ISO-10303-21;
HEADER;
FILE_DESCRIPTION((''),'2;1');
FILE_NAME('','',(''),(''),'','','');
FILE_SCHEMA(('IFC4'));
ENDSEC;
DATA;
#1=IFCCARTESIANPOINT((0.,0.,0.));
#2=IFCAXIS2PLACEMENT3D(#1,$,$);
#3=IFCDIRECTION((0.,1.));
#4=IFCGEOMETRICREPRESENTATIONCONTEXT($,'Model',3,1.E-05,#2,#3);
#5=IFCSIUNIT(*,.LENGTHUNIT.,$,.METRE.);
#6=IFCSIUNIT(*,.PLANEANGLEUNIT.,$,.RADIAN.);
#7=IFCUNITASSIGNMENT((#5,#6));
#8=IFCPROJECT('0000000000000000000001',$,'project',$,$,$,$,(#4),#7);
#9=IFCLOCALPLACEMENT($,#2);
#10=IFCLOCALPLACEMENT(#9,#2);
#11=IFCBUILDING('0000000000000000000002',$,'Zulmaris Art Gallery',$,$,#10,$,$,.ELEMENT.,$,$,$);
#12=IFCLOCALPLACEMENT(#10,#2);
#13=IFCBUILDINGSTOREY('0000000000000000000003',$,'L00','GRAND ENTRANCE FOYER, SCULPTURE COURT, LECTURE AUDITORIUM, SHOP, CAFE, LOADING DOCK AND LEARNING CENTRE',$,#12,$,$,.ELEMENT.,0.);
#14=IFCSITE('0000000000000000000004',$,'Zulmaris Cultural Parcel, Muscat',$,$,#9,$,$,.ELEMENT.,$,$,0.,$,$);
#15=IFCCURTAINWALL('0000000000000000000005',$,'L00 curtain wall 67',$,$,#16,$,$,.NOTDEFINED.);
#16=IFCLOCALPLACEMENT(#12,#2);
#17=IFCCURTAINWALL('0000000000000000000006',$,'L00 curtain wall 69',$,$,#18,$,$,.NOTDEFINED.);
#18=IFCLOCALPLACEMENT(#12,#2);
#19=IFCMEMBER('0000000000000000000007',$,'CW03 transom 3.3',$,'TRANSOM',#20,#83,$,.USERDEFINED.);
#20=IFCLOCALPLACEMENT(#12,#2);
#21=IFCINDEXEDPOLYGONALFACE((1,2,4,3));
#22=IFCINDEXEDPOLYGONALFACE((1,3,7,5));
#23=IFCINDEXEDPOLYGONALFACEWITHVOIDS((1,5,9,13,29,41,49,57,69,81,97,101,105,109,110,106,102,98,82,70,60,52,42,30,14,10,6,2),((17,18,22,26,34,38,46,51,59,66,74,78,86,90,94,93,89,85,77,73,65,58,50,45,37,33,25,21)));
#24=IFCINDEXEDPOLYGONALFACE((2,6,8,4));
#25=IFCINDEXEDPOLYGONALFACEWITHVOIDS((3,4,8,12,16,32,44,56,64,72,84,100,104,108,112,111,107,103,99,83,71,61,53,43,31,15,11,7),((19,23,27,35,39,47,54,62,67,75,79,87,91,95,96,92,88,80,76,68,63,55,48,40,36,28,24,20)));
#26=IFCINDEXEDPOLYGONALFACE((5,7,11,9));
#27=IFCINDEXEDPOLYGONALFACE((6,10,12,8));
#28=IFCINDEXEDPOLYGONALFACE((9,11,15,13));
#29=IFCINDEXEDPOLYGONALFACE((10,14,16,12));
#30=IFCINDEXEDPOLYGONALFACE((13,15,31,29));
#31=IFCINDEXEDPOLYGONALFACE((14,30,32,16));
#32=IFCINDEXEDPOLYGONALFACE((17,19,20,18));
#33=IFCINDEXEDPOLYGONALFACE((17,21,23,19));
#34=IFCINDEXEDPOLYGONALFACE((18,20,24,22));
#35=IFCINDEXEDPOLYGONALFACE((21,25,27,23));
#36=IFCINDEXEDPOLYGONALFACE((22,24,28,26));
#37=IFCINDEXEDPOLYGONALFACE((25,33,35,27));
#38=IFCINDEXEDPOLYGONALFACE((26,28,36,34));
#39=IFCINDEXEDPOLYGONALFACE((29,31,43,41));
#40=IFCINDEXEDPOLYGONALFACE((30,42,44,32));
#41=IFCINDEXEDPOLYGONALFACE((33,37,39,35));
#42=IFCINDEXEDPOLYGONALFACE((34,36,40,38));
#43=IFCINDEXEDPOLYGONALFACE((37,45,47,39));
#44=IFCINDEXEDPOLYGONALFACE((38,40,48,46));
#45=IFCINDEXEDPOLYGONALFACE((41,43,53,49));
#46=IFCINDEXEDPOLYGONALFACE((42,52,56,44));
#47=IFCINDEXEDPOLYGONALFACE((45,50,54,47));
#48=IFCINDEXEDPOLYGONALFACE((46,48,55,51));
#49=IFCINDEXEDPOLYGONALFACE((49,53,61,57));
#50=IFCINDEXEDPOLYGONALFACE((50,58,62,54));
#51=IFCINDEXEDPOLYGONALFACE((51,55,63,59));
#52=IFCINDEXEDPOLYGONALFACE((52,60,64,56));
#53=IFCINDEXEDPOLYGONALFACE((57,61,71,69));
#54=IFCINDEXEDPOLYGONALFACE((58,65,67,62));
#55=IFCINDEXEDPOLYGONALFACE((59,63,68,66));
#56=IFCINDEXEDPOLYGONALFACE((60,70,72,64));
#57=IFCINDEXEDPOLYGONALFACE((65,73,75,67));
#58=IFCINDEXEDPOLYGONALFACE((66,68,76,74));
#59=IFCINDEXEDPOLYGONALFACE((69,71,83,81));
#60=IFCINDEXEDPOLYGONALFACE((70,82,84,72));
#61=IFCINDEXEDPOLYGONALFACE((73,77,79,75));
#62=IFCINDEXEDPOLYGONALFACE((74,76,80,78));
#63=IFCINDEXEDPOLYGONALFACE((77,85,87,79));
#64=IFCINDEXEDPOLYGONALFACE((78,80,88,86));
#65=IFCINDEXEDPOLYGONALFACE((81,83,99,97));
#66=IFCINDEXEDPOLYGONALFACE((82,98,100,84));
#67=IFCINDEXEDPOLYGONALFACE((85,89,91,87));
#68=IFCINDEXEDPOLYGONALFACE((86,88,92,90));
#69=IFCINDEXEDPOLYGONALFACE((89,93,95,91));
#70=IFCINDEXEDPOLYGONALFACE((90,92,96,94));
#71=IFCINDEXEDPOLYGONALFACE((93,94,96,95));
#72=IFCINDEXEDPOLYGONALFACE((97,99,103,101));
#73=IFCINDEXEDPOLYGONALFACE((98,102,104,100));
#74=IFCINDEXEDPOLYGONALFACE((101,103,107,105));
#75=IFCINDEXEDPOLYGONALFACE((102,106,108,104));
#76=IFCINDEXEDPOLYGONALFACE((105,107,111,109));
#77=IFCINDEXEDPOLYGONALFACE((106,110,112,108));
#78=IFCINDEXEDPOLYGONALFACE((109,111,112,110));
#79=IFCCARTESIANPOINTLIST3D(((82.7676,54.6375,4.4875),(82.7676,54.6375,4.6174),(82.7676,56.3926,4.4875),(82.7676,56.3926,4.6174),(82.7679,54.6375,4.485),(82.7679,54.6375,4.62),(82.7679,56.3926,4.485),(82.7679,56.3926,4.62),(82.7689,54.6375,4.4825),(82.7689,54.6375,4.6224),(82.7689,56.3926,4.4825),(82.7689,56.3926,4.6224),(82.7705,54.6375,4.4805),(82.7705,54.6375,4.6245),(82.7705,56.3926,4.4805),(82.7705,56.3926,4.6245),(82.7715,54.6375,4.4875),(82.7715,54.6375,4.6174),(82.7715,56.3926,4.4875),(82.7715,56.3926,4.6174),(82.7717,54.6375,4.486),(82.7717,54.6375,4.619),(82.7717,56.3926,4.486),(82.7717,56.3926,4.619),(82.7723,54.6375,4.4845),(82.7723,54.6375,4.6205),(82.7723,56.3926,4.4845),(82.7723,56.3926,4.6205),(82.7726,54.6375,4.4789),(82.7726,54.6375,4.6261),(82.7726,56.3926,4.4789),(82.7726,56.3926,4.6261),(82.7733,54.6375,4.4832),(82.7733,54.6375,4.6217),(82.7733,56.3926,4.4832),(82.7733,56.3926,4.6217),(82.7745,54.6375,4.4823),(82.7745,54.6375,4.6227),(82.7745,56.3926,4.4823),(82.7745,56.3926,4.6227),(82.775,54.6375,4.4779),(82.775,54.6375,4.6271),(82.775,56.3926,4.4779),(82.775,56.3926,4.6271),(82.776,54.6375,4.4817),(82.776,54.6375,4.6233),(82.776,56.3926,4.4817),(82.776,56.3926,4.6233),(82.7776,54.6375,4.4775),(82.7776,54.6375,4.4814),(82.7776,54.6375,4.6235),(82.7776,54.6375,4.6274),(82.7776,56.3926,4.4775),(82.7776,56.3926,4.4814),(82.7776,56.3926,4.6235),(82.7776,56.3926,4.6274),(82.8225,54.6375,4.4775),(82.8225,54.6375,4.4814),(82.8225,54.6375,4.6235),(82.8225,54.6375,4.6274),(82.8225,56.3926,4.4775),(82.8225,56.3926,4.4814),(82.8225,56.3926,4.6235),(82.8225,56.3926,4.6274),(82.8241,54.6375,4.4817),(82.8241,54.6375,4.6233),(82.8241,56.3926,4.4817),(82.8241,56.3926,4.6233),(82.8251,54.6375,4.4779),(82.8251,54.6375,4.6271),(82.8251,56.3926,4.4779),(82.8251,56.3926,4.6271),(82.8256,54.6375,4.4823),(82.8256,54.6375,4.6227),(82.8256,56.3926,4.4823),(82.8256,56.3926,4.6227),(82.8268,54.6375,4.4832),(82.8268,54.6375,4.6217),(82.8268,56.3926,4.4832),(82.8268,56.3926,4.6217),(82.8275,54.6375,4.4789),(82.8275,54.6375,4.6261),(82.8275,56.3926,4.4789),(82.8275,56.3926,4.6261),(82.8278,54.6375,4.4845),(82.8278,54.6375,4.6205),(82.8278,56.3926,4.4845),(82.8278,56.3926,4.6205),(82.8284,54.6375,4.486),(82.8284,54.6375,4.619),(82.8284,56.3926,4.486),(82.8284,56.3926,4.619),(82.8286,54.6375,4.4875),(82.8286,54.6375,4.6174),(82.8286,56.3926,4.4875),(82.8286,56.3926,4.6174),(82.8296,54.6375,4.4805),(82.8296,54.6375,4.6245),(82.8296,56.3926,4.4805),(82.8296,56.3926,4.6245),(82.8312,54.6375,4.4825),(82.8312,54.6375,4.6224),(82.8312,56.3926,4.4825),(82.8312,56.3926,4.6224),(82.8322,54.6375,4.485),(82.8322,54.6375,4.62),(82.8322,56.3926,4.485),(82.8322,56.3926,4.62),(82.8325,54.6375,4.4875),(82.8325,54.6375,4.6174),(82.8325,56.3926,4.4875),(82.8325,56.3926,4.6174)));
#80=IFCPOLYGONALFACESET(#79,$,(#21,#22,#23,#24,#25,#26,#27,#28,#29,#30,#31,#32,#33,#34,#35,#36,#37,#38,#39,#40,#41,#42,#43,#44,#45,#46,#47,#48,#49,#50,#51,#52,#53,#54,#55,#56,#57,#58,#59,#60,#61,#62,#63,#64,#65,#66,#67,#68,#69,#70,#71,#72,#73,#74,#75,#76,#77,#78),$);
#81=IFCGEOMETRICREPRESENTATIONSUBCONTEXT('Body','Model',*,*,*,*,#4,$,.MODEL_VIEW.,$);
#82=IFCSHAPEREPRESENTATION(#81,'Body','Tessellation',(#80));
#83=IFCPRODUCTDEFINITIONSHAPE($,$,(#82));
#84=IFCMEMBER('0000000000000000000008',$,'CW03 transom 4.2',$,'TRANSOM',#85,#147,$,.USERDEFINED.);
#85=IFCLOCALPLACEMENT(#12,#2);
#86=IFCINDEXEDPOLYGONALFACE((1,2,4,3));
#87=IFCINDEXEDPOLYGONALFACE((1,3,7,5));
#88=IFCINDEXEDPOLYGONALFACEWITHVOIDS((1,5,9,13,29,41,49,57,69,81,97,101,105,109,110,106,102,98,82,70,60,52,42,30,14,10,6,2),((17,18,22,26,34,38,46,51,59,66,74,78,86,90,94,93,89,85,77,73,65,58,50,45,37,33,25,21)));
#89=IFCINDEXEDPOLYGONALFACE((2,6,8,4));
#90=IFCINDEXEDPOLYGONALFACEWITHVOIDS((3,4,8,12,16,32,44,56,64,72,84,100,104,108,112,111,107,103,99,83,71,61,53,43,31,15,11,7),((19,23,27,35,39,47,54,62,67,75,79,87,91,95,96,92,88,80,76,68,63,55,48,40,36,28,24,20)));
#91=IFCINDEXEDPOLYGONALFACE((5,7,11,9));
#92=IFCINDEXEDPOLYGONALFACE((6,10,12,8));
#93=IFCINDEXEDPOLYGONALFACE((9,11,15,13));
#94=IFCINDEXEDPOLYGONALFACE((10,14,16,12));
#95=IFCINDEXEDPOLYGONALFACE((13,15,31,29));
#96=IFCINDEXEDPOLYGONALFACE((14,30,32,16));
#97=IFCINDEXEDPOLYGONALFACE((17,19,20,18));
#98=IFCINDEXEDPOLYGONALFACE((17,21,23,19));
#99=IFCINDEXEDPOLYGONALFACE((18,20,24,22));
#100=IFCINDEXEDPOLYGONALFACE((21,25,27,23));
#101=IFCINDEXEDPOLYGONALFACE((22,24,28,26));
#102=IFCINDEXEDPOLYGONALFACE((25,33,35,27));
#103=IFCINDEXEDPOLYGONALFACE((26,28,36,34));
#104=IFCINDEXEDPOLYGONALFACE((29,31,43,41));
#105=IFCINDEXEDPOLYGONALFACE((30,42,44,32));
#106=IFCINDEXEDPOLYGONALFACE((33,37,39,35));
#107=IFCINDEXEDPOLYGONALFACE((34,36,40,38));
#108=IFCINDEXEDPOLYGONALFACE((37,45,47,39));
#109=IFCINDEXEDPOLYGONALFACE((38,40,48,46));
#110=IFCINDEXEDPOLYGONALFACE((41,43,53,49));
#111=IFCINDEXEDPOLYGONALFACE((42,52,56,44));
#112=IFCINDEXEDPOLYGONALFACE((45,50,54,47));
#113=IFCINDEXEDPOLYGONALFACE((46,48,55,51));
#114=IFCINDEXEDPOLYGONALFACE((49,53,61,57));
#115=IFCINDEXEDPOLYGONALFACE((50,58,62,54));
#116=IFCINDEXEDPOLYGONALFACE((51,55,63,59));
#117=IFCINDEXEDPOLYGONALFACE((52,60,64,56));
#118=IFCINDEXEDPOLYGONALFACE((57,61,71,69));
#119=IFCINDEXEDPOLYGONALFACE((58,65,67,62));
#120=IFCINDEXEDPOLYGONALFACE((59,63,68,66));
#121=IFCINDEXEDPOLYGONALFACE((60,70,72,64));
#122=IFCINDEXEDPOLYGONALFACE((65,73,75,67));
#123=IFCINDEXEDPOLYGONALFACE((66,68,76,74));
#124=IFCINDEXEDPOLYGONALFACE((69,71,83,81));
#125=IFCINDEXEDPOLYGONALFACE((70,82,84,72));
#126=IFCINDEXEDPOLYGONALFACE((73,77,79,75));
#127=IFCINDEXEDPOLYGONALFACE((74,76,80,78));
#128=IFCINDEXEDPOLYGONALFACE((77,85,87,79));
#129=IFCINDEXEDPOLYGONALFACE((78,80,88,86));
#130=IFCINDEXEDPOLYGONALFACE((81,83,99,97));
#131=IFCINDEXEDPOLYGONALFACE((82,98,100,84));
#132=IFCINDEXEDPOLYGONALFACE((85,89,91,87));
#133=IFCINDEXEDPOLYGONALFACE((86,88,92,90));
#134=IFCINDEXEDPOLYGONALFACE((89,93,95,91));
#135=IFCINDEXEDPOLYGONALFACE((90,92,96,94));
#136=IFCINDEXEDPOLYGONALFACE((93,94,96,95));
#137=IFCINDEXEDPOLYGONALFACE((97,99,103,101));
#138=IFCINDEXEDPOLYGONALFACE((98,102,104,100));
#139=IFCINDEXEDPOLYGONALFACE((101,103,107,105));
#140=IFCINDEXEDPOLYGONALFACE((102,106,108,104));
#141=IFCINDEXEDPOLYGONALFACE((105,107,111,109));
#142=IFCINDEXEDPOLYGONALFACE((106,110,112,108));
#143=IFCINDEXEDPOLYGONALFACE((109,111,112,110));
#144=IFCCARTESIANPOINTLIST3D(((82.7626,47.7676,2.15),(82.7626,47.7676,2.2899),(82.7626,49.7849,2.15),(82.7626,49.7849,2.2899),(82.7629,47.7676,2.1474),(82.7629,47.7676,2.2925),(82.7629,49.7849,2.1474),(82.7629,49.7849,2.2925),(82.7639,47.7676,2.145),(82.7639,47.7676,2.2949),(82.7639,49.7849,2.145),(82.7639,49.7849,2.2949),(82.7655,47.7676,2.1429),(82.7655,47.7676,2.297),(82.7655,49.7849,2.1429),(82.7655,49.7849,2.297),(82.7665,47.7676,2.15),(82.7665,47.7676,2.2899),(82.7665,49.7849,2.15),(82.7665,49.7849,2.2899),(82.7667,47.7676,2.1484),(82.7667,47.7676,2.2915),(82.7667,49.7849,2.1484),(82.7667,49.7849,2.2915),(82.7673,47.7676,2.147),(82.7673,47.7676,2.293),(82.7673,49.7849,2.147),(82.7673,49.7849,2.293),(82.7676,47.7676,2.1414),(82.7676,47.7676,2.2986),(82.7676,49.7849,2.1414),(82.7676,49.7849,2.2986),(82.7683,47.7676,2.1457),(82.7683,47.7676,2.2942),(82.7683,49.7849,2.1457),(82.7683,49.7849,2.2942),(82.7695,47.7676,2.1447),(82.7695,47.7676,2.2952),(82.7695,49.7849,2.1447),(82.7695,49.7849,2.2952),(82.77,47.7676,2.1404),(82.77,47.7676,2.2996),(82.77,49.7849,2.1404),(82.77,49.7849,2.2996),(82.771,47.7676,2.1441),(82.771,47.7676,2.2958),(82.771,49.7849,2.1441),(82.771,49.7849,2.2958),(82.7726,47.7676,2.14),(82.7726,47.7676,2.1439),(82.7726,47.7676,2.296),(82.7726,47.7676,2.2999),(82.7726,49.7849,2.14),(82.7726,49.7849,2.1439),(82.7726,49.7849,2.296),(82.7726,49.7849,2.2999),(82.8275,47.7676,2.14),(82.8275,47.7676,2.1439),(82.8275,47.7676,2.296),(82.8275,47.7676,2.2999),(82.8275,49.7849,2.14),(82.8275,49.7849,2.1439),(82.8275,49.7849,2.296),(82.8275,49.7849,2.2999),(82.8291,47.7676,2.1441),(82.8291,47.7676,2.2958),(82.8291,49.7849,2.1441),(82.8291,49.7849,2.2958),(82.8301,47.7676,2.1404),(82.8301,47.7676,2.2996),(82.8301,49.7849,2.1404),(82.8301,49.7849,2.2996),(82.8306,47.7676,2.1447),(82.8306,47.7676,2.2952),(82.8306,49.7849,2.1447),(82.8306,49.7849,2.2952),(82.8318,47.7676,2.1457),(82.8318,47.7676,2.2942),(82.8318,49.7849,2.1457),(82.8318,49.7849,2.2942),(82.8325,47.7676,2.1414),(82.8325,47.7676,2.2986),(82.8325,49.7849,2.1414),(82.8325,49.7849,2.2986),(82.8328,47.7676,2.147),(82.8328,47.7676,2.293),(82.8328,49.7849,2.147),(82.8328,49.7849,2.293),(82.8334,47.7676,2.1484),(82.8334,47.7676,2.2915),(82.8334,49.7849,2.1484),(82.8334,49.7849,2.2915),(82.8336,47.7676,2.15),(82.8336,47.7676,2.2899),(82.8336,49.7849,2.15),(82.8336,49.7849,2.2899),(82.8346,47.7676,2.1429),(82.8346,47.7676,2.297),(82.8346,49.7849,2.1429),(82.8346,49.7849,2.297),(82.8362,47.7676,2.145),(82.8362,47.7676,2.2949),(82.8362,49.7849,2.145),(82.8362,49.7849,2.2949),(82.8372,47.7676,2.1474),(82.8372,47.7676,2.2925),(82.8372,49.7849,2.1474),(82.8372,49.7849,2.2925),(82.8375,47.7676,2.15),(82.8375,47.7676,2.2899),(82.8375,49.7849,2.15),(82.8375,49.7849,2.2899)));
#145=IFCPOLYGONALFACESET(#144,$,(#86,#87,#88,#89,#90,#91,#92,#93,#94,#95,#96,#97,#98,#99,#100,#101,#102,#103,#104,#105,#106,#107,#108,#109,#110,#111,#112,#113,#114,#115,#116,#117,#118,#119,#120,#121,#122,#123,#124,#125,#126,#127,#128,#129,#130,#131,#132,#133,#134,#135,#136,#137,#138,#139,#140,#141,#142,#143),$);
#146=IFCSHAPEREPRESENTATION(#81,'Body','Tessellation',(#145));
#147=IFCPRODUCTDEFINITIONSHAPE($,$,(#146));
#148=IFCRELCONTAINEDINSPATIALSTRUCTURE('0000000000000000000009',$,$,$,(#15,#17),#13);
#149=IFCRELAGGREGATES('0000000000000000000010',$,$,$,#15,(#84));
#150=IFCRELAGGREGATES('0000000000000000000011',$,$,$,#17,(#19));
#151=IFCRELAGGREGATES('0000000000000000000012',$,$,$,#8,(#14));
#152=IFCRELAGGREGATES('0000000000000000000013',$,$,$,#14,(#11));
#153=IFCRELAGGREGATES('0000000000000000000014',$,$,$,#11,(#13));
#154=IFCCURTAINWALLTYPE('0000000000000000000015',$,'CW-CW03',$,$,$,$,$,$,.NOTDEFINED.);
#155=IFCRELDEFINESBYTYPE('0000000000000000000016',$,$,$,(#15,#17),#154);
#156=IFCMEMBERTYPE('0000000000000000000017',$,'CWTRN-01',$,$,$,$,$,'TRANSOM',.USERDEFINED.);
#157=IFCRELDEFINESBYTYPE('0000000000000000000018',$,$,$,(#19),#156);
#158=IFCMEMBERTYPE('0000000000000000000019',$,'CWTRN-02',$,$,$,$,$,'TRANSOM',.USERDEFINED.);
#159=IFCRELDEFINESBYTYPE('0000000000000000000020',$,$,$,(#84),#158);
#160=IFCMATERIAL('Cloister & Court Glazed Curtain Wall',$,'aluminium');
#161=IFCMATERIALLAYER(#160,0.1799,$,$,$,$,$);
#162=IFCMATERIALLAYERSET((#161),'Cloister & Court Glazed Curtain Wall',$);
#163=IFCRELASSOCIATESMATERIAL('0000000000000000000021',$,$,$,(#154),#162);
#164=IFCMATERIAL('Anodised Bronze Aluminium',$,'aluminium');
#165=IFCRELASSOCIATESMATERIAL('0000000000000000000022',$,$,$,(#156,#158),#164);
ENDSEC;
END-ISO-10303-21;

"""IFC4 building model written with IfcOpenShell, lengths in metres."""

from ifc_helpers import new_model, si_unit, direction, frame, origin, origin_2d, place, context, subcontext, project, spatial, hollow_rectangle, extrude, material, layer, layer_set, material_profile, profile_set, type_object, element, aggregate, save


model = new_model("IFC4")

# Units and contexts
model_context = context("Model", 3, precision=1e-05, world=origin(), true_north=direction((0.0, 1.0)))
body_context = subcontext(model_context, "Body", "Model", "MODEL_VIEW")
ifc_project = project(units=[si_unit("LENGTHUNIT", "METRE"), si_unit("PLANEANGLEUNIT", "RADIAN")], contexts=[model_context])

# Site, building, storey
site_placement = place(None, origin())
site = spatial("IfcSite", under=ifc_project, at=site_placement, Name="Zulmaris Cultural Parcel, Muscat", CompositionType="ELEMENT", RefElevation=0.0)
building_placement = place(site_placement, origin())
building = spatial("IfcBuilding", under=site, at=building_placement, Name="Zulmaris Art Gallery", CompositionType="ELEMENT")
storey_placement = place(building_placement, origin())
storey = spatial("IfcBuildingStorey", under=building, at=storey_placement, Name="L00", Description="GRAND ENTRANCE FOYER, SCULPTURE COURT, LECTURE AUDITORIUM, SHOP, CAFE, LOADING DOCK AND LEARNING CENTRE", CompositionType="ELEMENT", Elevation=0.0)

# Curtain wall
ifc_material_1 = material(Name="Cloister & Court Glazed Curtain Wall", Category="aluminium")
ifc_layer_1 = layer(ifc_material_1, 0.1799)
ifc_layer_set_1 = layer_set([ifc_layer_1], Name="Cloister & Court Glazed Curtain Wall")
curtain_wall_type = type_object("IfcCurtainWallType", Name="CW-CW03", PredefinedType="NOTDEFINED", material=ifc_layer_set_1)
curtain_wall_1_placement = place(storey_placement, origin())
curtain_wall_1 = element("IfcCurtainWall", 1, at=curtain_wall_1_placement, inside=storey, type_object=curtain_wall_type, Name="L00 curtain wall 67", PredefinedType="NOTDEFINED")
ifc_material_2 = material(Name="Anodised Bronze Aluminium", Category="aluminium")

# Curtain wall, member
curtain_wall_2_placement = place(storey_placement, origin())
curtain_wall_2 = element("IfcCurtainWall", 2, at=curtain_wall_2_placement, inside=storey, type_object=curtain_wall_type, Name="L00 curtain wall 69", PredefinedType="NOTDEFINED")
ifc_material_profile_1 = material_profile(ifc_material_2, hollow_rectangle(XDim=0.0649, YDim=0.1499, WallThickness=0.0039, InnerFilletRadius=0.0061, OuterFilletRadius=0.01, at=origin_2d()), Name="ALU 65x150x4")
ifc_profile_set_1 = profile_set([ifc_material_profile_1], Name="Anodised Bronze Aluminium")
member_type_1 = type_object("IfcMemberType", Name="CWTRN-01", ElementType="TRANSOM", PredefinedType="USERDEFINED", material=ifc_profile_set_1)
member_1_placement = place(storey_placement, frame((82.8, 54.6375, 4.5525), z_axis=(0.0, 1.0, 0.0), x_axis=(-1.0, 0.0, 0.0)))
member_1 = element("IfcMember", 3, at=member_1_placement, type_object=member_type_1, Name="CW03 transom 3.3", ObjectType="TRANSOM", PredefinedType="USERDEFINED", context=body_context, shape_type="SweptSolid", body=[
    extrude(hollow_rectangle(XDim=0.0649, YDim=0.1499, WallThickness=0.0039, InnerFilletRadius=0.0061, OuterFilletRadius=0.01, at=origin_2d()), origin(), (0.0, 0.0, 1.0), 1.7551),
])

# Member
ifc_material_profile_2 = material_profile(ifc_material_2, hollow_rectangle(XDim=0.075, YDim=0.1599, WallThickness=0.0039, InnerFilletRadius=0.0061, OuterFilletRadius=0.01, at=origin_2d()), Name="ALU 75x160x4")
ifc_profile_set_2 = profile_set([ifc_material_profile_2], Name="Anodised Bronze Aluminium")
member_type_2 = type_object("IfcMemberType", Name="CWTRN-02", ElementType="TRANSOM", PredefinedType="USERDEFINED", material=ifc_profile_set_2)
member_2_placement = place(storey_placement, frame((82.8, 47.7676, 2.22), z_axis=(0.0, 1.0, 0.0), x_axis=(-1.0, 0.0, 0.0)))
member_2 = element("IfcMember", 4, at=member_2_placement, type_object=member_type_2, Name="CW03 transom 4.2", ObjectType="TRANSOM", PredefinedType="USERDEFINED", context=body_context, shape_type="SweptSolid", body=[
    extrude(hollow_rectangle(XDim=0.075, YDim=0.1599, WallThickness=0.0039, InnerFilletRadius=0.0061, OuterFilletRadius=0.01, at=origin_2d()), origin(), (0.0, 0.0, 1.0), 2.0173),
])

aggregate(curtain_wall_1, [member_2])
aggregate(curtain_wall_2, [member_1])

save(model, "model.ifc")
